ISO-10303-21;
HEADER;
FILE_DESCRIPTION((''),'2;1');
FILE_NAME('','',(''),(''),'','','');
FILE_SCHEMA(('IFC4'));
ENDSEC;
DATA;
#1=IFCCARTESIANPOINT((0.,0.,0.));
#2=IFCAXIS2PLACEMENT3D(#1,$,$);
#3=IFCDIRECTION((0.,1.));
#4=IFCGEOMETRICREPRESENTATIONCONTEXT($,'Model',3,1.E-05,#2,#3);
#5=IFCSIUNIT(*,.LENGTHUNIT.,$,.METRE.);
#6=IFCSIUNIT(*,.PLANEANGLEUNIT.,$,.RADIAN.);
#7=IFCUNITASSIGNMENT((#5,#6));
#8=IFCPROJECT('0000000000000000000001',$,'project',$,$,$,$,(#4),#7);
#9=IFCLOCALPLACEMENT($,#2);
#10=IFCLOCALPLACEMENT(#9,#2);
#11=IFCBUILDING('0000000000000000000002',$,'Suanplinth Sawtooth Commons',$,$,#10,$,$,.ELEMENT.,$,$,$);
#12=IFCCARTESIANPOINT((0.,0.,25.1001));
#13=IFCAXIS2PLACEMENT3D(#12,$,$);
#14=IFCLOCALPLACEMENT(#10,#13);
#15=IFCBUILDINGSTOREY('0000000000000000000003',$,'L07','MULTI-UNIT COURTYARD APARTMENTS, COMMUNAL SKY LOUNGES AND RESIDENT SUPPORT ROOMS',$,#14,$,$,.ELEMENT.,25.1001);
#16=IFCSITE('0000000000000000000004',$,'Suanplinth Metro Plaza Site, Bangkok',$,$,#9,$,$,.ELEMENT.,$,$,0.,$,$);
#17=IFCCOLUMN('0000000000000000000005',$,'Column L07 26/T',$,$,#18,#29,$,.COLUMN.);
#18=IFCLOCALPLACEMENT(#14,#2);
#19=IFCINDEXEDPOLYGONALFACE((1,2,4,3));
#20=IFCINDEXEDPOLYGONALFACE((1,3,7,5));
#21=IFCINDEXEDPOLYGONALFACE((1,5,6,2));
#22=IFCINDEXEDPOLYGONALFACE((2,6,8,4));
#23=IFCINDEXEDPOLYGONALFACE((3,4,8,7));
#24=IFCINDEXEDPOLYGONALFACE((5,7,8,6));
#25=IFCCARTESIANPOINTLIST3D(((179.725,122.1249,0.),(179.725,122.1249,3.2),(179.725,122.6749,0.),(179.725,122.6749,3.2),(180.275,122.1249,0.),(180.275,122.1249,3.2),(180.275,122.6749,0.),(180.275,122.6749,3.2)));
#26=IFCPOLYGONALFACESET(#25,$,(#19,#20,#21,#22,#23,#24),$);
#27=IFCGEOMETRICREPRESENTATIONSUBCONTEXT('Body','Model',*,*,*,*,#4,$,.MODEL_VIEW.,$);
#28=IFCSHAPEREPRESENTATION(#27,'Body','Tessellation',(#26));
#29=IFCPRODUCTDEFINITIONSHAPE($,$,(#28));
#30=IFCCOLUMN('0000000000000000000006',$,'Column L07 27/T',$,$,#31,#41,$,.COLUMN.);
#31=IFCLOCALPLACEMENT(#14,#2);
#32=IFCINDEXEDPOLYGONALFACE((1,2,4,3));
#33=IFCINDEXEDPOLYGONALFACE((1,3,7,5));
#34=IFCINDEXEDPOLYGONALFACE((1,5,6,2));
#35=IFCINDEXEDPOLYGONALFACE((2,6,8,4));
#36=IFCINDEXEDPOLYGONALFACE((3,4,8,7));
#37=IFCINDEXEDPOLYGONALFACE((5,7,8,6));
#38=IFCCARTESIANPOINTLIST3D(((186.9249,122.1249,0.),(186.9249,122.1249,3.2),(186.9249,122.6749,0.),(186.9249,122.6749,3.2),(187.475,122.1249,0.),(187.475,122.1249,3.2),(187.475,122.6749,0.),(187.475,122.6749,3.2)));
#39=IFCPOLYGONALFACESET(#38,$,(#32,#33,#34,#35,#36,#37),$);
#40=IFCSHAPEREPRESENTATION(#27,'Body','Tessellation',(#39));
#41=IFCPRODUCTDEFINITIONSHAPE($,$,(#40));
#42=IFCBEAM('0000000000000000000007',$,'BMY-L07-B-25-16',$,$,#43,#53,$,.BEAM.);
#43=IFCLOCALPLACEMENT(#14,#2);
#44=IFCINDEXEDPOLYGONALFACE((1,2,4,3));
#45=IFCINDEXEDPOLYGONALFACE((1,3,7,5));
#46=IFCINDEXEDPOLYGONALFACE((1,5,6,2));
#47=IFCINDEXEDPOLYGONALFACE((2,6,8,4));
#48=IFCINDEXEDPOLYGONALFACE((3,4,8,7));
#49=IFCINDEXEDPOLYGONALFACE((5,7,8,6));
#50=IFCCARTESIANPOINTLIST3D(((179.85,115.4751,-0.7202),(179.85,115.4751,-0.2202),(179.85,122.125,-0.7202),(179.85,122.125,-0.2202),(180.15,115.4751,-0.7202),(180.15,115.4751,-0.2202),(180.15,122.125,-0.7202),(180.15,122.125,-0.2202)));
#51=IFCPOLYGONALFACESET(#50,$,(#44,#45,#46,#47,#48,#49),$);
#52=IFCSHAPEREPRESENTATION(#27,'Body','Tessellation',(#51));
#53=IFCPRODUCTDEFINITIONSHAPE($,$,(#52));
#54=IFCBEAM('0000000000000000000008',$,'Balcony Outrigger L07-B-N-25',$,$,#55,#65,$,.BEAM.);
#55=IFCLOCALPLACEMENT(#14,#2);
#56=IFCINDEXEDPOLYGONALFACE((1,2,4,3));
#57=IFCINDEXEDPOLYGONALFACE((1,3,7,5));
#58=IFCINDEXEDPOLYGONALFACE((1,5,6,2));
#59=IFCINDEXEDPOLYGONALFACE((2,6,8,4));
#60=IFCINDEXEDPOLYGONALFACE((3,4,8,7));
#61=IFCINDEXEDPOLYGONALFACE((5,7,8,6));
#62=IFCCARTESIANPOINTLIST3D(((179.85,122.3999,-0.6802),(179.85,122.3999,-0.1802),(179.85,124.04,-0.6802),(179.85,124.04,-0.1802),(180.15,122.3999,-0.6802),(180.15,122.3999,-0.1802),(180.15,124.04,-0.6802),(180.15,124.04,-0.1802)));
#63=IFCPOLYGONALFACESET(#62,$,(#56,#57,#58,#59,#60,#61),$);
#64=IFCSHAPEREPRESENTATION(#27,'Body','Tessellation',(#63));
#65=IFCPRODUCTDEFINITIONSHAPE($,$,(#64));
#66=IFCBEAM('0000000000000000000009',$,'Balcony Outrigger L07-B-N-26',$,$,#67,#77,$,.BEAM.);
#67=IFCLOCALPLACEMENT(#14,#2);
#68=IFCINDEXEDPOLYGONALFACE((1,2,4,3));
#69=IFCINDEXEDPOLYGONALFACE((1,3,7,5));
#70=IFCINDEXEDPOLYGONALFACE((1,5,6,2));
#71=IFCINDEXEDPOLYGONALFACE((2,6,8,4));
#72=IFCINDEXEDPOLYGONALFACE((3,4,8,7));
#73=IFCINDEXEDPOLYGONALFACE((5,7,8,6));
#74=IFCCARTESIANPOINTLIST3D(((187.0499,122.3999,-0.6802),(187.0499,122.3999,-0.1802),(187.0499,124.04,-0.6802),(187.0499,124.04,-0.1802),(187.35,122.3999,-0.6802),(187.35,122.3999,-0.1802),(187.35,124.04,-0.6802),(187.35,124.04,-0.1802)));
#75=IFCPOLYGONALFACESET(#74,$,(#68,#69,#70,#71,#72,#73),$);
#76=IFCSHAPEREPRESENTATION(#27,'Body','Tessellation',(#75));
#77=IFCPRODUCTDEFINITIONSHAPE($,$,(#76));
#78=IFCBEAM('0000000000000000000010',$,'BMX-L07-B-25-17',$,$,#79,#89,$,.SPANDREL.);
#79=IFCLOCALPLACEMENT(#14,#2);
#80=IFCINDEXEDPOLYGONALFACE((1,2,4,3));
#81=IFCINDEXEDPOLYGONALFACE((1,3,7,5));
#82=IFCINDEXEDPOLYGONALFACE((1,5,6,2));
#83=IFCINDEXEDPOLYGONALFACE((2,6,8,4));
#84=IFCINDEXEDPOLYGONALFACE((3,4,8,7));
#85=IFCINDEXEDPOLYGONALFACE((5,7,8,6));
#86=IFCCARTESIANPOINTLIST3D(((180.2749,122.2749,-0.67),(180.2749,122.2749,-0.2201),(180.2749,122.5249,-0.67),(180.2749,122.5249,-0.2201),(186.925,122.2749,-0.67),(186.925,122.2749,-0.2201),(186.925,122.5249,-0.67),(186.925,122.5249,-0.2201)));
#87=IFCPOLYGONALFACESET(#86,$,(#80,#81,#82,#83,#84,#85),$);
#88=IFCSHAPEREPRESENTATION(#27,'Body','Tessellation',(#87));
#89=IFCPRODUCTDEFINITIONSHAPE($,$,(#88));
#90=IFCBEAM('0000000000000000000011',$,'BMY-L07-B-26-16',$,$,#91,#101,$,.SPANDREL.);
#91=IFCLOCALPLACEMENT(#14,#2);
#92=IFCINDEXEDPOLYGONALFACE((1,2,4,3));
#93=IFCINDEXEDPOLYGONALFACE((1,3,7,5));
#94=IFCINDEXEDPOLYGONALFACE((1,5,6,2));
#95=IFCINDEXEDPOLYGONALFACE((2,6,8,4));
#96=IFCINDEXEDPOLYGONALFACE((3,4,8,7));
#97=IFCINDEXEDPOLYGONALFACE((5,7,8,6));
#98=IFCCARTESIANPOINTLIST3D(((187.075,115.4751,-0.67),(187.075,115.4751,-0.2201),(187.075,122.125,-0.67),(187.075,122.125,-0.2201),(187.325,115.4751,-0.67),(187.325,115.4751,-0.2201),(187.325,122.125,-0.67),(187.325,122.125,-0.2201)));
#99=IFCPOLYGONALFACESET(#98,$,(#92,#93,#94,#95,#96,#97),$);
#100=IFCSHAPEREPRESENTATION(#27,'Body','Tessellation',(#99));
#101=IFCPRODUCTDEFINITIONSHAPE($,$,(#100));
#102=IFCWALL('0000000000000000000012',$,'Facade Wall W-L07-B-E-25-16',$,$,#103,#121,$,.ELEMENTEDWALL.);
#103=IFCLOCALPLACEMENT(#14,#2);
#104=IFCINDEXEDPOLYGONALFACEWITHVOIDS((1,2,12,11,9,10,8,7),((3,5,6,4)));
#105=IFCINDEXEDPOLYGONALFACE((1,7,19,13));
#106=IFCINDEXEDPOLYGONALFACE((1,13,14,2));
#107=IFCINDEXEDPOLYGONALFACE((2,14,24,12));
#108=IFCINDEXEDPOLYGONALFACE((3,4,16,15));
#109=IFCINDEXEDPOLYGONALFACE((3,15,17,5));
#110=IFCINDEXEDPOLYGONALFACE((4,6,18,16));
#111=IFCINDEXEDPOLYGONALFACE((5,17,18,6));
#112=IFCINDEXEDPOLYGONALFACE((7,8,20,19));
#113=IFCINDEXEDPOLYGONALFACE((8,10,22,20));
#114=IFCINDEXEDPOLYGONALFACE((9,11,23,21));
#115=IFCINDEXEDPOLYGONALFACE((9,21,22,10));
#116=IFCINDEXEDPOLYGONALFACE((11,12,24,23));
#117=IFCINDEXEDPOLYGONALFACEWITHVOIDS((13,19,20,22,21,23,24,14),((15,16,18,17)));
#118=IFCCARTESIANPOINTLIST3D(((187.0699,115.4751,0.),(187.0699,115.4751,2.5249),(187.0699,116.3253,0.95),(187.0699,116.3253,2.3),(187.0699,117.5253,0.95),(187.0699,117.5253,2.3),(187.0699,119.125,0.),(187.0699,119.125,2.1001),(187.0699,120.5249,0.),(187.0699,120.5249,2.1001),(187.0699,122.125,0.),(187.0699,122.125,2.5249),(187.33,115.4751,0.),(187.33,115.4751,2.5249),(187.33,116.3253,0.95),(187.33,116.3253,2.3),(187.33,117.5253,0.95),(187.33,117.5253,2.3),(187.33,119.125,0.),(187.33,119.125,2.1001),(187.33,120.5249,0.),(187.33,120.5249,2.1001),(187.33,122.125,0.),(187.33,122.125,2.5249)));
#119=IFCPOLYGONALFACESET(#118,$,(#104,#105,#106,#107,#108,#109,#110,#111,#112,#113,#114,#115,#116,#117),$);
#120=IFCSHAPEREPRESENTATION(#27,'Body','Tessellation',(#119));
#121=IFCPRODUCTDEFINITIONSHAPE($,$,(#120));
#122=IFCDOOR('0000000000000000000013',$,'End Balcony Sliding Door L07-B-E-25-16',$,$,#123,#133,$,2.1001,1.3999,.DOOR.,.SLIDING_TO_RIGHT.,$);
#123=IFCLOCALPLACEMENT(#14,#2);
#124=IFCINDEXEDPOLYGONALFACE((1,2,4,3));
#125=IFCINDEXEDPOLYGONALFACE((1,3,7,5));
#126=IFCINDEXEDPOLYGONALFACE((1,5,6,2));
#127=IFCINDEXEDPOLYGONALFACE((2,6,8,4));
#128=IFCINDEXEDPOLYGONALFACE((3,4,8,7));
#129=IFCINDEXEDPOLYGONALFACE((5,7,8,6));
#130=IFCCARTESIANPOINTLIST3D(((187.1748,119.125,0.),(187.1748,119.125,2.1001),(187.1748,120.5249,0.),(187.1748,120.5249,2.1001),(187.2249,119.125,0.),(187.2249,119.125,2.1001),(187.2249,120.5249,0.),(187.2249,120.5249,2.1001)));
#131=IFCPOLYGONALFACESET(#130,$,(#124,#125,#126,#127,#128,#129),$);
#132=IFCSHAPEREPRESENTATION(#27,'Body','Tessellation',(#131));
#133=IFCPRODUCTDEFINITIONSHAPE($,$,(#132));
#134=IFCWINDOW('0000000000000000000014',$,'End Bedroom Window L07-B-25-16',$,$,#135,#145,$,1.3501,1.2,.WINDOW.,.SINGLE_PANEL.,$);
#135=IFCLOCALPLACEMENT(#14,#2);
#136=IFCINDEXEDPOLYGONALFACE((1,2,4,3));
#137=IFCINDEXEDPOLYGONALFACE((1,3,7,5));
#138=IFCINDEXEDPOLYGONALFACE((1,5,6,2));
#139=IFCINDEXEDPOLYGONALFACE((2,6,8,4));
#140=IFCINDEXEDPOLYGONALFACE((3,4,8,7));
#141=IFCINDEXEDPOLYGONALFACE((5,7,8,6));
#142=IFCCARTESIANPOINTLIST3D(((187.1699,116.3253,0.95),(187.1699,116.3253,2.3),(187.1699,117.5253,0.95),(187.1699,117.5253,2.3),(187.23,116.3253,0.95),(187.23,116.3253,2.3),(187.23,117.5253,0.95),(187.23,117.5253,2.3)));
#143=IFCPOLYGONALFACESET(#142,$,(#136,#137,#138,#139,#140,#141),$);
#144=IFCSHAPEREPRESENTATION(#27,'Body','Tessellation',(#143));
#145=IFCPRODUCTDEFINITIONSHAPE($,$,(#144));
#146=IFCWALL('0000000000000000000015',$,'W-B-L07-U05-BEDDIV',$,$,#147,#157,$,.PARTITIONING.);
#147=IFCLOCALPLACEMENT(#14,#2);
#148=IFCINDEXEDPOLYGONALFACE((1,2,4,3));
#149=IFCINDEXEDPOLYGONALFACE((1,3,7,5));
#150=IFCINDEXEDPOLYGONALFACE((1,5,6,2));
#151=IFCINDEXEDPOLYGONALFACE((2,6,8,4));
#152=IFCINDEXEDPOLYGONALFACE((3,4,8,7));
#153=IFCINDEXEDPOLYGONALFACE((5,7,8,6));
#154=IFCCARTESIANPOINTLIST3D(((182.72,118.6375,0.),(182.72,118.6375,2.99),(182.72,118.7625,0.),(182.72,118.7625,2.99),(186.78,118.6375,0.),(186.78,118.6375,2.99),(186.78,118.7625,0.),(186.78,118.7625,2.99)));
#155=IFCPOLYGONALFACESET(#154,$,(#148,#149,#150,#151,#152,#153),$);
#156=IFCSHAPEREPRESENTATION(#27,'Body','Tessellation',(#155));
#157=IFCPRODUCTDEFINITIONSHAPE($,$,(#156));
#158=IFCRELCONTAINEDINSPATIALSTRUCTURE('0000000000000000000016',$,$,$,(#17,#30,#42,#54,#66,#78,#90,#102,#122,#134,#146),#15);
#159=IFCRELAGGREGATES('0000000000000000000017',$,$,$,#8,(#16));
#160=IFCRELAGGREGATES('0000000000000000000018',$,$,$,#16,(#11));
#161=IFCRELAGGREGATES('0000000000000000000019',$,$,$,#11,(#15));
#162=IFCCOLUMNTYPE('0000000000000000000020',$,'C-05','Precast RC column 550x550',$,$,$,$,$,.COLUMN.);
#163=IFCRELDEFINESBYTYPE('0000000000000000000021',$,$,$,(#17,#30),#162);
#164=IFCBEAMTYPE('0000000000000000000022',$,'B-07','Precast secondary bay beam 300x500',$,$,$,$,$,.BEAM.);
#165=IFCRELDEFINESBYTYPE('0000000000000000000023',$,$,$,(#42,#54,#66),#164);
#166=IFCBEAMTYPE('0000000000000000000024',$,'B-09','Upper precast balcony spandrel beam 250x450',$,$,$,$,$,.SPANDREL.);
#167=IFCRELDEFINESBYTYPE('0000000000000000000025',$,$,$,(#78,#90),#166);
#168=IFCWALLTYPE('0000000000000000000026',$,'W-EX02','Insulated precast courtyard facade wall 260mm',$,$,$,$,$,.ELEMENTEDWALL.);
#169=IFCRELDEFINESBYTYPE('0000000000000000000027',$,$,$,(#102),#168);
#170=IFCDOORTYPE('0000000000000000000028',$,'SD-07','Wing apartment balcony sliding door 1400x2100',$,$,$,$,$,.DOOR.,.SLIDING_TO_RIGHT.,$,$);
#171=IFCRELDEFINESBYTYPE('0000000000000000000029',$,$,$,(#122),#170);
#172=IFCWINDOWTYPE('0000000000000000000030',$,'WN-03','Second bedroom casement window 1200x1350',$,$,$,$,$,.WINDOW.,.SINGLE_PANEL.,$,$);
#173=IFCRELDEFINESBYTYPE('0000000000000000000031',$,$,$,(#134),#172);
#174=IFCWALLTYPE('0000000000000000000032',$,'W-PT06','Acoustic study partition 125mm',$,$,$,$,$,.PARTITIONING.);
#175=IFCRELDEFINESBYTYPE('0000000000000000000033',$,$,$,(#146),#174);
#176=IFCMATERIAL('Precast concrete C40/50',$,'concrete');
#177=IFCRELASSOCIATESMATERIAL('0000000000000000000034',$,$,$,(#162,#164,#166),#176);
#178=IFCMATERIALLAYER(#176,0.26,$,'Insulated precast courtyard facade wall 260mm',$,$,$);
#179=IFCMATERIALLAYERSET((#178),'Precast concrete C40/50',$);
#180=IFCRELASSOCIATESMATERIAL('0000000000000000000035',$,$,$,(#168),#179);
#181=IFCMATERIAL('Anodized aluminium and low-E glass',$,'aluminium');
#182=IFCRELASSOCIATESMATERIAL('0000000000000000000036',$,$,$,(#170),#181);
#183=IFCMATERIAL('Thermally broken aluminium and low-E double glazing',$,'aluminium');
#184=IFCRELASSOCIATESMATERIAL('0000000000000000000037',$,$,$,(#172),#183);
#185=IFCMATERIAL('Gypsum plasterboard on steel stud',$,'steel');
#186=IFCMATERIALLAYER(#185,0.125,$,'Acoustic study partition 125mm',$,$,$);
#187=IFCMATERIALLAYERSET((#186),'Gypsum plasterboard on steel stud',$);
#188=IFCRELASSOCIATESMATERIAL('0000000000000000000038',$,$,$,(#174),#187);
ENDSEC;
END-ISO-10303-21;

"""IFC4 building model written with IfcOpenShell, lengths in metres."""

from ifc_helpers import new_model, si_unit, direction, frame, frame_2d, origin, origin_2d, place, context, subcontext, project, spatial, rectangle, extrude, material, layer, layer_set, material_profile, profile_set, type_object, element, fill, save


model = new_model("IFC4")

# Units and contexts
model_context = context("Model", 3, precision=1e-05, world=origin(), true_north=direction((0.0, 1.0)))
body_context = subcontext(model_context, "Body", "Model", "MODEL_VIEW")
ifc_project = project(units=[si_unit("LENGTHUNIT", "METRE"), si_unit("PLANEANGLEUNIT", "RADIAN")], contexts=[model_context])

# Site, building, storey
site_placement = place(None, origin())
site = spatial("IfcSite", under=ifc_project, at=site_placement, Name="Suanplinth Metro Plaza Site, Bangkok", CompositionType="ELEMENT", RefElevation=0.0)
building_placement = place(site_placement, origin())
building = spatial("IfcBuilding", under=site, at=building_placement, Name="Suanplinth Sawtooth Commons", CompositionType="ELEMENT")
storey_placement = place(building_placement, frame((0.0, 0.0, 25.1001)))
storey = spatial("IfcBuildingStorey", under=building, at=storey_placement, Name="L07", Description="MULTI-UNIT COURTYARD APARTMENTS, COMMUNAL SKY LOUNGES AND RESIDENT SUPPORT ROOMS", CompositionType="ELEMENT", Elevation=25.1001)

# Columns
ifc_material_1 = material(Name="Precast concrete C40/50", Category="concrete")
ifc_material_profile_1 = material_profile(ifc_material_1, rectangle(XDim=0.55, YDim=0.55, at=origin_2d()), Name="PC-COL 550x550")
ifc_profile_set_1 = profile_set([ifc_material_profile_1], Name="Precast concrete C40/50")
column_type = type_object("IfcColumnType", Name="C-05", Description="Precast RC column 550x550", PredefinedType="COLUMN", material=ifc_profile_set_1)
for number, where, z_axis, x_axis, name in (
    (1, (180.0, 122.3999, 0.0), (0.0, 0.0, 1.0), (1.0, 0.0, 0.0), "Column L07 26/T"),
    (2, (187.2, 122.3999, 0.0), (0.0, 0.0, 1.0), (1.0, 0.0, 0.0), "Column L07 27/T"),
):
    element("IfcColumn", number, at=place(storey_placement, frame(where, z_axis=z_axis, x_axis=x_axis)), inside=storey, type_object=column_type, Name=name, PredefinedType="COLUMN", context=body_context, shape_type="SweptSolid", body=[
        extrude(rectangle(XDim=0.55, YDim=0.55, at=origin_2d()), origin(), (0.0, 0.0, 1.0), 3.2),
    ])

# Beams
ifc_material_profile_2 = material_profile(ifc_material_1, rectangle(XDim=0.3, YDim=0.5, at=origin_2d()), Name="PC-BM 300x500")
ifc_profile_set_2 = profile_set([ifc_material_profile_2], Name="Precast concrete C40/50")
beam_type_1 = type_object("IfcBeamType", Name="B-07", Description="Precast secondary bay beam 300x500", PredefinedType="BEAM", material=ifc_profile_set_2)
beam_1_placement = place(storey_placement, frame((180.0, 115.4751, -0.4702), z_axis=(0.0, 1.0, 0.0), x_axis=(-1.0, 0.0, 0.0)))
element("IfcBeam", 3, at=beam_1_placement, inside=storey, type_object=beam_type_1, Name="BMY-L07-B-25-16", PredefinedType="BEAM", context=body_context, shape_type="SweptSolid", body=[
    extrude(rectangle(XDim=0.3, YDim=0.5, at=origin_2d()), origin(), (0.0, 0.0, 1.0), 6.6499),
])
for number, where, z_axis, x_axis, name in (
    (4, (180.0, 122.3999, -0.4302), (0.0, 1.0, 0.0), (-1.0, 0.0, 0.0), "Balcony Outrigger L07-B-N-25"),
    (5, (187.2, 122.3999, -0.4302), (0.0, 1.0, 0.0), (-1.0, 0.0, 0.0), "Balcony Outrigger L07-B-N-26"),
):
    element("IfcBeam", number, at=place(storey_placement, frame(where, z_axis=z_axis, x_axis=x_axis)), inside=storey, type_object=beam_type_1, Name=name, PredefinedType="BEAM", context=body_context, shape_type="SweptSolid", body=[
        extrude(rectangle(XDim=0.3, YDim=0.5, at=origin_2d()), origin(), (0.0, 0.0, 1.0), 1.6401),
    ])
ifc_material_profile_3 = material_profile(ifc_material_1, rectangle(XDim=0.25, YDim=0.45, at=origin_2d()), Name="PC-SP 250x450")
ifc_profile_set_3 = profile_set([ifc_material_profile_3], Name="Precast concrete C40/50")
beam_type_2 = type_object("IfcBeamType", Name="B-09", Description="Upper precast balcony spandrel beam 250x450", PredefinedType="SPANDREL", material=ifc_profile_set_3)
beam_2_placement = place(storey_placement, frame((180.2749, 122.3999, -0.4451), z_axis=(1.0, 0.0, 0.0), x_axis=(0.0, 1.0, 0.0)))
element("IfcBeam", 6, at=beam_2_placement, inside=storey, type_object=beam_type_2, Name="BMX-L07-B-25-17", PredefinedType="SPANDREL", context=body_context, shape_type="SweptSolid", body=[
    extrude(rectangle(XDim=0.25, YDim=0.45, at=origin_2d()), origin(), (0.0, 0.0, 1.0), 6.6501),
])
beam_3_placement = place(storey_placement, frame((187.2, 115.4751, -0.4451), z_axis=(0.0, 1.0, 0.0), x_axis=(-1.0, 0.0, 0.0)))
element("IfcBeam", 7, at=beam_3_placement, inside=storey, type_object=beam_type_2, Name="BMY-L07-B-26-16", PredefinedType="SPANDREL", context=body_context, shape_type="SweptSolid", body=[
    extrude(rectangle(XDim=0.25, YDim=0.45, at=origin_2d()), origin(), (0.0, 0.0, 1.0), 6.6499),
])

# Wall, openings, door, window
ifc_layer_1 = layer(ifc_material_1, 0.26, Name="Insulated precast courtyard facade wall 260mm")
ifc_layer_set_1 = layer_set([ifc_layer_1], Name="Precast concrete C40/50")
wall_type_1 = type_object("IfcWallType", Name="W-EX02", Description="Insulated precast courtyard facade wall 260mm", PredefinedType="ELEMENTEDWALL", material=ifc_layer_set_1)
ifc_material_2 = material(Name="Anodized aluminium and low-E glass", Category="aluminium")
ifc_material_3 = material(Name="Thermally broken aluminium and low-E double glazing", Category="aluminium")
wall_1_placement = place(storey_placement, frame((187.2, 115.4751, 0.0), z_axis=(0.0, 0.0, 1.0), x_axis=(0.0, 1.0, 0.0)))
wall_1 = element("IfcWall", 8, at=wall_1_placement, inside=storey, type_object=wall_type_1, Name="Facade Wall W-L07-B-E-25-16", PredefinedType="ELEMENTEDWALL", context=body_context, shape_type="SweptSolid", body=[
    extrude(rectangle(XDim=6.6499, YDim=0.26, at=frame_2d((3.325, 0.0))), origin(), (0.0, 0.0, 1.0), 2.5249),
])
opening_1_placement = place(wall_1_placement, frame((3.6499, 0.0, 0.0)))
opening_1 = element("IfcOpeningElement", 9, at=opening_1_placement, cuts=wall_1, PredefinedType="OPENING", context=body_context, shape_type="SweptSolid", body=[
    extrude(rectangle(XDim=1.3999, YDim=2.1001, at=frame_2d((0.7, 1.05))), frame((0.0, 0.145, 0.0), z_axis=(0.0, -1.0, 0.0), x_axis=(1.0, 0.0, 0.0)), (0.0, 0.0, 1.0), 0.2898),
])
opening_2_placement = place(wall_1_placement, frame((0.8501, 0.0, 0.95)))
opening_2 = element("IfcOpeningElement", 10, at=opening_2_placement, cuts=wall_1, PredefinedType="OPENING", context=body_context, shape_type="SweptSolid", body=[
    extrude(rectangle(XDim=1.2, YDim=1.3501, at=frame_2d((0.6001, 0.675))), frame((0.0, 0.145, 0.0), z_axis=(0.0, -1.0, 0.0), x_axis=(1.0, 0.0, 0.0)), (0.0, 0.0, 1.0), 0.2898),
])
door_type_1 = type_object("IfcDoorType", Name="SD-07", Description="Wing apartment balcony sliding door 1400x2100", OperationType="SLIDING_TO_RIGHT", PredefinedType="DOOR", material=ifc_material_2)
door_1_placement = place(opening_1_placement, frame((1.3999, 0.0, 0.0), z_axis=(0.0, 0.0, 1.0), x_axis=(-1.0, 0.0, 0.0)))
door_1 = element("IfcDoor", 11, at=door_1_placement, inside=storey, type_object=door_type_1, Name="End Balcony Sliding Door L07-B-E-25-16", OperationType="SLIDING_TO_RIGHT", OverallHeight=2.1001, OverallWidth=1.3999, PredefinedType="DOOR", context=body_context, shape_type="SweptSolid", body=[
    extrude(rectangle(XDim=1.3999, YDim=2.1001, at=frame_2d((0.7, 1.05))), frame((0.0, 0.0249, 0.0), z_axis=(0.0, -1.0, 0.0), x_axis=(1.0, 0.0, 0.0)), (0.0, 0.0, 1.0), 0.05),
])
fill(opening_1, door_1)
window_type_1 = type_object("IfcWindowType", Name="WN-03", Description="Second bedroom casement window 1200x1350", PartitioningType="SINGLE_PANEL", PredefinedType="WINDOW", material=ifc_material_3)
window_1_placement = place(opening_2_placement, origin())
window_1 = element("IfcWindow", 12, at=window_1_placement, inside=storey, type_object=window_type_1, Name="End Bedroom Window L07-B-25-16", OverallHeight=1.3501, OverallWidth=1.2, PartitioningType="SINGLE_PANEL", PredefinedType="WINDOW", context=body_context, shape_type="SweptSolid", body=[
    extrude(rectangle(XDim=1.2, YDim=1.3501, at=frame_2d((0.6001, 0.675))), frame((0.0, 0.03, 0.0), z_axis=(0.0, -1.0, 0.0), x_axis=(1.0, 0.0, 0.0)), (0.0, 0.0, 1.0), 0.0601),
])
fill(opening_2, window_1)

# Wall
ifc_material_4 = material(Name="Gypsum plasterboard on steel stud", Category="steel")
ifc_layer_2 = layer(ifc_material_4, 0.125, Name="Acoustic study partition 125mm")
ifc_layer_set_2 = layer_set([ifc_layer_2], Name="Gypsum plasterboard on steel stud")
wall_type_2 = type_object("IfcWallType", Name="W-PT06", Description="Acoustic study partition 125mm", PredefinedType="PARTITIONING", material=ifc_layer_set_2)
wall_2_placement = place(storey_placement, frame((182.72, 118.7, 0.0), z_axis=(0.0, 0.0, 1.0), x_axis=(1.0, 0.0, 0.0)))
element("IfcWall", 13, at=wall_2_placement, inside=storey, type_object=wall_type_2, Name="W-B-L07-U05-BEDDIV", PredefinedType="PARTITIONING", context=body_context, shape_type="SweptSolid", body=[
    extrude(rectangle(XDim=4.0601, YDim=0.125, at=frame_2d((2.03, 0.0))), origin(), (0.0, 0.0, 1.0), 2.99),
])

save(model, "model.ifc")
